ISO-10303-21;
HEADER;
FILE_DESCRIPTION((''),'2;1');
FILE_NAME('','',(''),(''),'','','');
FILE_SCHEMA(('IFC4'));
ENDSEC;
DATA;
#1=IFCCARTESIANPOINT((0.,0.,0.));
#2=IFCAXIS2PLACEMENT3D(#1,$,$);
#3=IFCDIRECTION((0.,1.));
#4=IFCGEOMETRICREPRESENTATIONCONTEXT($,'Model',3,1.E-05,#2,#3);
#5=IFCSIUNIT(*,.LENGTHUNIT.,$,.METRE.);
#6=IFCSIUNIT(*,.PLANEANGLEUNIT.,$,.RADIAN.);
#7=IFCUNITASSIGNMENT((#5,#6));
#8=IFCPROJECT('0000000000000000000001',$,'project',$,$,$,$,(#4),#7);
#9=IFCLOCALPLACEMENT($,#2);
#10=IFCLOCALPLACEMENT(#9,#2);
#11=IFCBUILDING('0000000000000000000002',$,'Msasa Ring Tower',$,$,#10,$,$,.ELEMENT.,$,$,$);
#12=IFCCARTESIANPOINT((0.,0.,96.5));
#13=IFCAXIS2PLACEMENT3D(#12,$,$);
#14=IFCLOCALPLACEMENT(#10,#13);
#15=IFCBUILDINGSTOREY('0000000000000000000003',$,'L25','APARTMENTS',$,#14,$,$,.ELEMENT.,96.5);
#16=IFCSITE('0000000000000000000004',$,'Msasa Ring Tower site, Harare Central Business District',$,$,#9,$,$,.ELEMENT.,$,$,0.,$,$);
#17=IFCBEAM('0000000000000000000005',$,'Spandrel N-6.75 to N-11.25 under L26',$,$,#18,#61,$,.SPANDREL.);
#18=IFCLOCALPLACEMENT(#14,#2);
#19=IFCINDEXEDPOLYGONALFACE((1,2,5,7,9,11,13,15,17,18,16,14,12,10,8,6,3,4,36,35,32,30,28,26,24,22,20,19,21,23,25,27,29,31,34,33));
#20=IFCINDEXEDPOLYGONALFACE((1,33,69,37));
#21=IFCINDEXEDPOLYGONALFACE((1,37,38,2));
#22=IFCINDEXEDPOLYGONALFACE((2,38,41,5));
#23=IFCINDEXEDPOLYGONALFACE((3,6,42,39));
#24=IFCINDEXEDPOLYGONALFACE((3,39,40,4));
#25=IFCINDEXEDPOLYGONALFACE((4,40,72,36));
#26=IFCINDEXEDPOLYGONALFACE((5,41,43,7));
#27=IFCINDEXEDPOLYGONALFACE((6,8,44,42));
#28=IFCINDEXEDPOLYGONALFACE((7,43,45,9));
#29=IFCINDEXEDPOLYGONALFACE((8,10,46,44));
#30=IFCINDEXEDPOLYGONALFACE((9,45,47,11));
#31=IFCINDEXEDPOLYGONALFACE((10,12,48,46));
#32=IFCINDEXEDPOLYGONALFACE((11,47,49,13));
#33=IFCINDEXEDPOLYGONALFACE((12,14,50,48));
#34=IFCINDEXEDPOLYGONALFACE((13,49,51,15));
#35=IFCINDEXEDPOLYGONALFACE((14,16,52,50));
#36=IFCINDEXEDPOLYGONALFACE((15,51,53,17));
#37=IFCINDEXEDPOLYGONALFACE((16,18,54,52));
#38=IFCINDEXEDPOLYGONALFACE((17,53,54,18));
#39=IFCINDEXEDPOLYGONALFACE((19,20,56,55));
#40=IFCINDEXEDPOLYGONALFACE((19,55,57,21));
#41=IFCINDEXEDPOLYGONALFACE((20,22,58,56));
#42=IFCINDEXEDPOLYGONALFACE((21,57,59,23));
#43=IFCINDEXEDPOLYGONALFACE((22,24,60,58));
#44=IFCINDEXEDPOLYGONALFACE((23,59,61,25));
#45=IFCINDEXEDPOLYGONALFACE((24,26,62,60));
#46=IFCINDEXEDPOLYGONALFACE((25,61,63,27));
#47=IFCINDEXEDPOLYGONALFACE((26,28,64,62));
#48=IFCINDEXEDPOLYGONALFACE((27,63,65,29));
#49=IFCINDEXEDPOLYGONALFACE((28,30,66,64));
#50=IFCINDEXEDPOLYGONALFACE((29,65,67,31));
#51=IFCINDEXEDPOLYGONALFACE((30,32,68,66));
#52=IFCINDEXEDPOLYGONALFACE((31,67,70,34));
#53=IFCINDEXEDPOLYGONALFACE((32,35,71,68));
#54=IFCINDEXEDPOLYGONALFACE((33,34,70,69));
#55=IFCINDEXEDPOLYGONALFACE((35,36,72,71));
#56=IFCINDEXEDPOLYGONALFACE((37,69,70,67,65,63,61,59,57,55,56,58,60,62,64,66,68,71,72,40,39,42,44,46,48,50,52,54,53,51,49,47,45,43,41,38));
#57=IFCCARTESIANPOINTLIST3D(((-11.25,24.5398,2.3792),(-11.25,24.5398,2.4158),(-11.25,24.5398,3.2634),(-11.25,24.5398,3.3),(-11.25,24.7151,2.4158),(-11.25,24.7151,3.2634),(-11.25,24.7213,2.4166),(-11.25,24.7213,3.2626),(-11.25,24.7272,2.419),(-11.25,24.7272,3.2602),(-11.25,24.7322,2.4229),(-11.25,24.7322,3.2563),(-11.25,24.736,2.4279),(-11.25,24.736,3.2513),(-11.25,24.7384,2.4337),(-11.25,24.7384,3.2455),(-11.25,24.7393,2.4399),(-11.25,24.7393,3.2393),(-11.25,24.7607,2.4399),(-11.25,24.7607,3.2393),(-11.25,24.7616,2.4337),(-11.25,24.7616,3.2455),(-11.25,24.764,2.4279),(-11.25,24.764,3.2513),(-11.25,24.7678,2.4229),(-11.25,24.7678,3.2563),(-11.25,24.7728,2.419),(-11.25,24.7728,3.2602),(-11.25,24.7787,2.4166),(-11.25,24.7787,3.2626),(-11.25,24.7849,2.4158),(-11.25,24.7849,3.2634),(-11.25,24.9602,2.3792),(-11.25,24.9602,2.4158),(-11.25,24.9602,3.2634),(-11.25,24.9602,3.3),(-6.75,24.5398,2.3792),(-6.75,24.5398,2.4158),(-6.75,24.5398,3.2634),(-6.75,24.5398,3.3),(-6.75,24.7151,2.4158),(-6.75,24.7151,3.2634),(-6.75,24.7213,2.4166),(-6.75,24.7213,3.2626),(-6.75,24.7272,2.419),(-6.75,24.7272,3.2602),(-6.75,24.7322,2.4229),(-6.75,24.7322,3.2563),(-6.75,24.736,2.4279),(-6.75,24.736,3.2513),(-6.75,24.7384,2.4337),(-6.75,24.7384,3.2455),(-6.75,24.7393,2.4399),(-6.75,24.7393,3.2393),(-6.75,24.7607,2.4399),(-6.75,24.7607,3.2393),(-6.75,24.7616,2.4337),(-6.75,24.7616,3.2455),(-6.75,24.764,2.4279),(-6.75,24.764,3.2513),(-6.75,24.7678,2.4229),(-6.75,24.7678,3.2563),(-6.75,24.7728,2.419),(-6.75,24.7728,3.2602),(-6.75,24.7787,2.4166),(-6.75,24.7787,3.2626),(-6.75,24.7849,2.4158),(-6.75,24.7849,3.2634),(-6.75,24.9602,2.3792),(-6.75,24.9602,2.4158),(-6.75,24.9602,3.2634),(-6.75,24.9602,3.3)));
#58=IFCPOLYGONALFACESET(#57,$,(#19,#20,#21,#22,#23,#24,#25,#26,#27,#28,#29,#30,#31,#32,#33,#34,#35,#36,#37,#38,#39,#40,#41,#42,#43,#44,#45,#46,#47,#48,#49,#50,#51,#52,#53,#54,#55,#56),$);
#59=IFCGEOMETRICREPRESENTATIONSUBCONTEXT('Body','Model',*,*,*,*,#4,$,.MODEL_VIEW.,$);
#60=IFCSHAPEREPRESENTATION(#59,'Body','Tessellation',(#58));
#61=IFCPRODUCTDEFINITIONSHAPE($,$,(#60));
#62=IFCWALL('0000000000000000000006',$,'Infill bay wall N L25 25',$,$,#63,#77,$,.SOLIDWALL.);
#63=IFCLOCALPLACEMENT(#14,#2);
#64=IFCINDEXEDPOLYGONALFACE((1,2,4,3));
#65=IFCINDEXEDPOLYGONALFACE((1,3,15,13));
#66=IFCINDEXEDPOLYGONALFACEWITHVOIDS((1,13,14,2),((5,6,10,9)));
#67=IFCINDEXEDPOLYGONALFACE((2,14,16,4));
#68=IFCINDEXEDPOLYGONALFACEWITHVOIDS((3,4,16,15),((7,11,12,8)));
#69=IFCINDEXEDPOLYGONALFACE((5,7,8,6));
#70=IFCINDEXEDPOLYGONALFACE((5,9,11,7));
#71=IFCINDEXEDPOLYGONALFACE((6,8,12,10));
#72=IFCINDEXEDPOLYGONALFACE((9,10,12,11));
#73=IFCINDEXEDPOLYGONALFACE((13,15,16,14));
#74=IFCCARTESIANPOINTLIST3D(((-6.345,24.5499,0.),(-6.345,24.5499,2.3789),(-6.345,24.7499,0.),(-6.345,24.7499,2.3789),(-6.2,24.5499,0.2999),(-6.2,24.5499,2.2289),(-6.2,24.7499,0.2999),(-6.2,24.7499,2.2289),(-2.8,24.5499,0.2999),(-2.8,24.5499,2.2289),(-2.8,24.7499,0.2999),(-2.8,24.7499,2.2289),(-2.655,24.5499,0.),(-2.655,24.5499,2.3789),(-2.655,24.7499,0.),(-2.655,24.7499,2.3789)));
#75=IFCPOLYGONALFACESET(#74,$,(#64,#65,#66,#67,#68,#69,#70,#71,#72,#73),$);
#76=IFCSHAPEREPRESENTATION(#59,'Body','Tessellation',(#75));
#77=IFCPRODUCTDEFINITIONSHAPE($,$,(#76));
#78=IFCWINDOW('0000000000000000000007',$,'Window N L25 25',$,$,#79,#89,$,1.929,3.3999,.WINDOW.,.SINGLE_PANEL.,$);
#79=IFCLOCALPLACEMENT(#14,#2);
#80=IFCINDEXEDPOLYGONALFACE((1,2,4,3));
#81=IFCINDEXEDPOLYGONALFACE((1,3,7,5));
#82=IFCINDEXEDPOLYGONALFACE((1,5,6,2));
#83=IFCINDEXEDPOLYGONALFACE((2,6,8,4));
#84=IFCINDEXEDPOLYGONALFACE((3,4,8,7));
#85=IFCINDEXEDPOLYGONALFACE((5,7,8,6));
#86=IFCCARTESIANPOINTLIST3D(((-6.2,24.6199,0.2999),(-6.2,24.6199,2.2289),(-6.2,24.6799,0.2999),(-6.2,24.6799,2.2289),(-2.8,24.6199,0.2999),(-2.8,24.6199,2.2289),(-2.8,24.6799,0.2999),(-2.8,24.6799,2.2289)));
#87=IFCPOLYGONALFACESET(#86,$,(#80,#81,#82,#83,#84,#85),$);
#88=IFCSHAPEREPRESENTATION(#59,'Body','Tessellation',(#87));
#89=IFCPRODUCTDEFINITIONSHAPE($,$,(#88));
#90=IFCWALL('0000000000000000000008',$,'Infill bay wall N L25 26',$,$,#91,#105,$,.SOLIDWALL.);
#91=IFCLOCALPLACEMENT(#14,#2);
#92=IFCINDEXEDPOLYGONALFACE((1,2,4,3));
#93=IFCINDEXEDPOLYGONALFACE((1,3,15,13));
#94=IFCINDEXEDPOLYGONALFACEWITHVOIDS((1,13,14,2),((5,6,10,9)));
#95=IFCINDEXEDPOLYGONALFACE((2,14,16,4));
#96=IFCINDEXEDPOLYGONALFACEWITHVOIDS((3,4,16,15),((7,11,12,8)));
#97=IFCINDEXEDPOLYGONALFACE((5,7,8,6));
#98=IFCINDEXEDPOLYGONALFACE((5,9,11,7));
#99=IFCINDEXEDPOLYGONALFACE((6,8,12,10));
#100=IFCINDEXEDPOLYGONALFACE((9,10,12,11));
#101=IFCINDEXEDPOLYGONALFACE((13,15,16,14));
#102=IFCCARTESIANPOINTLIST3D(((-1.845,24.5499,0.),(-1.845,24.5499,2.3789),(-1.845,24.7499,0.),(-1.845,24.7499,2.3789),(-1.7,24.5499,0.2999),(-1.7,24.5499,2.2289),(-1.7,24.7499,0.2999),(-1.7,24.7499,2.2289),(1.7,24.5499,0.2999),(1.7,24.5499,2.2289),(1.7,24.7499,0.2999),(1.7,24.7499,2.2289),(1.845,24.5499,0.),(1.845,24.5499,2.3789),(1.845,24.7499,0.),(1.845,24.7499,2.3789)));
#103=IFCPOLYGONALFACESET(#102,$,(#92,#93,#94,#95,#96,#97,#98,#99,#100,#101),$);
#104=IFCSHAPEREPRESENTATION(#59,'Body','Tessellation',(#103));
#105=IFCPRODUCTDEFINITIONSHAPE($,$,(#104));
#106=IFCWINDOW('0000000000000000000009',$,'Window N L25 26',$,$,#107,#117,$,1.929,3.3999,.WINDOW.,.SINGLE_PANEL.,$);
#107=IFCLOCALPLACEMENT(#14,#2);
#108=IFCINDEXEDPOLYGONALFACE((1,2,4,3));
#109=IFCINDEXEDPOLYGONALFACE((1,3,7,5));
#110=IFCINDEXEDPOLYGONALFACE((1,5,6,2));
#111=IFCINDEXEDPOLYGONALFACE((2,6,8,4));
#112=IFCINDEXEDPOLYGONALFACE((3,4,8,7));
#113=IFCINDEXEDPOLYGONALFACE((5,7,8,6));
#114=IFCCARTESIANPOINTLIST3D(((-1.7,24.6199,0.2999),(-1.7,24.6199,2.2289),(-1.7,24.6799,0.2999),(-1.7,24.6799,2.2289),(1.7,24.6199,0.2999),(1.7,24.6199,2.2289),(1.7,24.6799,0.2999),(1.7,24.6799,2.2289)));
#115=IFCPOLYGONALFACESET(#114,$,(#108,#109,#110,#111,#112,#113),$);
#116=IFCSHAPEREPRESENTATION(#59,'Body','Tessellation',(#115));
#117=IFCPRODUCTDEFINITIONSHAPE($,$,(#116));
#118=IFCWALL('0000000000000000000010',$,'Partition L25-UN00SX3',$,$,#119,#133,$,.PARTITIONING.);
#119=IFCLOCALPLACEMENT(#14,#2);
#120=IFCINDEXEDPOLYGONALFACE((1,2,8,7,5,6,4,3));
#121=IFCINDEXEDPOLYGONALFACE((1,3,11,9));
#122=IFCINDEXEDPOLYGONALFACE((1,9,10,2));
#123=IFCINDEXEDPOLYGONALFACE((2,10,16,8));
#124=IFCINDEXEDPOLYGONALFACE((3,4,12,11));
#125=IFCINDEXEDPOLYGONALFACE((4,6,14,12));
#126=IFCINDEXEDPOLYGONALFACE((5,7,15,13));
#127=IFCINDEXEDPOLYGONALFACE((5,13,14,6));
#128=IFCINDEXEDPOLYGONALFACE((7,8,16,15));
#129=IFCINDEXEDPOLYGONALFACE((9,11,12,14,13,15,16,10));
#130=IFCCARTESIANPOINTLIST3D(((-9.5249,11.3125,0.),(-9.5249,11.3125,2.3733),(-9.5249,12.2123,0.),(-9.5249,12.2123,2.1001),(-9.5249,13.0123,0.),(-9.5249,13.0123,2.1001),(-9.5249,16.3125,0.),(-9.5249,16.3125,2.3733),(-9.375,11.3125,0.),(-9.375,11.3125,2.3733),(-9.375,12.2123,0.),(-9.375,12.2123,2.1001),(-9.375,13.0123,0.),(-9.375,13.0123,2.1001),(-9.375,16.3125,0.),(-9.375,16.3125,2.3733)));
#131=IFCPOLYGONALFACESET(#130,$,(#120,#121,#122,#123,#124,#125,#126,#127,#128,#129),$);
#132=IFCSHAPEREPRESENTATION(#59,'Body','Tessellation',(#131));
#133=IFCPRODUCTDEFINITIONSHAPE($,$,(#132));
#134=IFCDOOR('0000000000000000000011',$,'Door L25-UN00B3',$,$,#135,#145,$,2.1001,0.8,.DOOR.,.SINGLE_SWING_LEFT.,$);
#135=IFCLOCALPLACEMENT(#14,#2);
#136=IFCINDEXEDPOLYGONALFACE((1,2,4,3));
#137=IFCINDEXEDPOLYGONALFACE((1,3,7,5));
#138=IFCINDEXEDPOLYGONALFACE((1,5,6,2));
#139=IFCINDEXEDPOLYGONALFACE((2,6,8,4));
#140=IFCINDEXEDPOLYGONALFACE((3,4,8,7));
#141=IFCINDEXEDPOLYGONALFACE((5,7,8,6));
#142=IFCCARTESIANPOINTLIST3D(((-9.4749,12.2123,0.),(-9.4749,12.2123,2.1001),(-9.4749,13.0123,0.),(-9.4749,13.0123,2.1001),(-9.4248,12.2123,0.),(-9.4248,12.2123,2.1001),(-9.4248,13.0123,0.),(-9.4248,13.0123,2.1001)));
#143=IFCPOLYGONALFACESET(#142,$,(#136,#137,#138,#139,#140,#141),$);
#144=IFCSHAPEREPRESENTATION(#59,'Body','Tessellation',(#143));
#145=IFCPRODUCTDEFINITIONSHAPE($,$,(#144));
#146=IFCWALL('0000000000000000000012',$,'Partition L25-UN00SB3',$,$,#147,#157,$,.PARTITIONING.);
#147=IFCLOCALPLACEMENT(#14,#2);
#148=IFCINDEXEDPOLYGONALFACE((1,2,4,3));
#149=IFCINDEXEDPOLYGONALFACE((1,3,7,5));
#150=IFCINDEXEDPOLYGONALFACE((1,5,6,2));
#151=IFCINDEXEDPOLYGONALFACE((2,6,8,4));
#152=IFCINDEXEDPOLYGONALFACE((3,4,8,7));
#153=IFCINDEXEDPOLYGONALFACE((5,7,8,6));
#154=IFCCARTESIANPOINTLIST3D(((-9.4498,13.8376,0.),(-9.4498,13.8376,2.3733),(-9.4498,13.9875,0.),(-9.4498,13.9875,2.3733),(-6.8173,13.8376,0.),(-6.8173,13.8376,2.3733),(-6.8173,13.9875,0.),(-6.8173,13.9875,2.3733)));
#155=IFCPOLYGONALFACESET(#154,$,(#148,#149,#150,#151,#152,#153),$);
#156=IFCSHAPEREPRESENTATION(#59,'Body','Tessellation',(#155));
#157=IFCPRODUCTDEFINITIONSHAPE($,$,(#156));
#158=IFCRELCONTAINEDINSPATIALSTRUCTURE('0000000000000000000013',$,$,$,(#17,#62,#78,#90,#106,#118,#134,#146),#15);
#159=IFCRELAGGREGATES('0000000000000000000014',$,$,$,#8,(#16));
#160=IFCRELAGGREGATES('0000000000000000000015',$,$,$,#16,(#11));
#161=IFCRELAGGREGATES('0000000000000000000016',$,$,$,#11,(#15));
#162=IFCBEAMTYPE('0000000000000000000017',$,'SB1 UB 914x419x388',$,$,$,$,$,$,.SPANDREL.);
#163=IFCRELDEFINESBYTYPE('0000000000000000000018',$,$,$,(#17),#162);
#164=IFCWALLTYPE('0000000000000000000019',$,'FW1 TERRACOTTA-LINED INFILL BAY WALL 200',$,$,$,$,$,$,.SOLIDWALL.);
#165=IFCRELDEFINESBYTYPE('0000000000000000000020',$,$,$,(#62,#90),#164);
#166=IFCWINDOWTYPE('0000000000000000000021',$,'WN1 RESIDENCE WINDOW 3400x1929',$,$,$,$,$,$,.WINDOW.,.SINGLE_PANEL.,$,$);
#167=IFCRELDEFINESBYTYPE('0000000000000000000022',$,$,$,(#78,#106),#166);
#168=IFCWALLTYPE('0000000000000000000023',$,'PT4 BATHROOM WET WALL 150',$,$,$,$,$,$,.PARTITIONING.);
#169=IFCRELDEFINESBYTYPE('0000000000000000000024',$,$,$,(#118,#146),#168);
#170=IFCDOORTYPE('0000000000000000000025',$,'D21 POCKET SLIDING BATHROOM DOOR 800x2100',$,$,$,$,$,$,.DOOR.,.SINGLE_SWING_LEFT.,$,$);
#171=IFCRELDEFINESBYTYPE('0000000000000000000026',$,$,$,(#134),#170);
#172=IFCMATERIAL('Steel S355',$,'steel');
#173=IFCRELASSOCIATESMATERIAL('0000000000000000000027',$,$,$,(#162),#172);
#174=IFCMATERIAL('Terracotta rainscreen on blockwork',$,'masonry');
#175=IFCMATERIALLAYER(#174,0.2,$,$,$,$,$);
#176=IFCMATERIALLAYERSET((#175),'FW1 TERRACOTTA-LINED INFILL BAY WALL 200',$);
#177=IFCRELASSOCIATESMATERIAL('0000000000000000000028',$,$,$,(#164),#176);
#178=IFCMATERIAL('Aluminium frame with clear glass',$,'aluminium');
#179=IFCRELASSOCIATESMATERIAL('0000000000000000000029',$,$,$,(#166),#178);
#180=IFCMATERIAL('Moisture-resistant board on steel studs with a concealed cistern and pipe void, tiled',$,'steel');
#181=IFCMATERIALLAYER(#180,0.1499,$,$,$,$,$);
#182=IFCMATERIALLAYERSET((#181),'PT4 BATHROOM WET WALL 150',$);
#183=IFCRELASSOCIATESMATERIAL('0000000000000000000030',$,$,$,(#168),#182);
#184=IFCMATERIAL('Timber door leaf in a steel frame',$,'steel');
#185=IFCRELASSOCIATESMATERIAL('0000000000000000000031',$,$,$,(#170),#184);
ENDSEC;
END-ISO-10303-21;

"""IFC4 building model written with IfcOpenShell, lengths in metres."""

from ifc_helpers import new_model, si_unit, direction, frame, frame_2d, origin, origin_2d, place, context, subcontext, project, spatial, rectangle, i_section, extrude, material, layer, layer_set, material_profile, profile_set, type_object, element, fill, save


model = new_model("IFC4")

# Units and contexts
model_context = context("Model", 3, precision=1e-05, world=origin(), true_north=direction((0.0, 1.0)))
body_context = subcontext(model_context, "Body", "Model", "MODEL_VIEW")
ifc_project = project(units=[si_unit("LENGTHUNIT", "METRE"), si_unit("PLANEANGLEUNIT", "RADIAN")], contexts=[model_context])

# Site, building, storey
site_placement = place(None, origin())
site = spatial("IfcSite", under=ifc_project, at=site_placement, Name="Msasa Ring Tower site, Harare Central Business District", CompositionType="ELEMENT", RefElevation=0.0)
building_placement = place(site_placement, origin())
building = spatial("IfcBuilding", under=site, at=building_placement, Name="Msasa Ring Tower", CompositionType="ELEMENT")
storey_placement = place(building_placement, frame((0.0, 0.0, 96.5)))
storey = spatial("IfcBuildingStorey", under=building, at=storey_placement, Name="L25", Description="APARTMENTS", CompositionType="ELEMENT", Elevation=96.5)

# Beam
ifc_material_1 = material(Name="Steel S355", Category="steel")
ifc_material_profile_1 = material_profile(ifc_material_1, i_section(OverallWidth=0.4204, OverallDepth=0.9209, WebThickness=0.0215, FlangeThickness=0.0366, FilletRadius=0.0242, at=origin_2d()), Name="UB 914x419x388")
ifc_profile_set_1 = profile_set([ifc_material_profile_1], Name="Steel S355")
beam_type_1 = type_object("IfcBeamType", Name="SB1 UB 914x419x388", PredefinedType="SPANDREL", material=ifc_profile_set_1)
for number, where, z_axis, x_axis, name in (
    (1, (-6.75, 24.75, 2.8396), (-1.0, 0.0, 0.0), (0.0, -1.0, 0.0), "Spandrel N-6.75 to N-11.25 under L26"),
):
    element("IfcBeam", number, at=place(storey_placement, frame(where, z_axis=z_axis, x_axis=x_axis)), inside=storey, type_object=beam_type_1, Name=name, PredefinedType="SPANDREL", context=body_context, shape_type="SweptSolid", body=[
        extrude(i_section(OverallWidth=0.4204, OverallDepth=0.9209, WebThickness=0.0215, FlangeThickness=0.0366, FilletRadius=0.0242, at=origin_2d()), origin(), (0.0, 0.0, 1.0), 4.5),
    ])

# Walls, openings, windows
ifc_material_2 = material(Name="Terracotta rainscreen on blockwork", Category="masonry")
ifc_layer_1 = layer(ifc_material_2, 0.2)
ifc_layer_set_1 = layer_set([ifc_layer_1], Name="FW1 TERRACOTTA-LINED INFILL BAY WALL 200")
wall_type_1 = type_object("IfcWallType", Name="FW1 TERRACOTTA-LINED INFILL BAY WALL 200", PredefinedType="SOLIDWALL", material=ifc_layer_set_1)
wall_1_placement = place(storey_placement, frame((-6.345, 24.6499, 0.0), z_axis=(0.0, 0.0, 1.0), x_axis=(1.0, 0.0, 0.0)))
wall_1 = element("IfcWall", 2, at=wall_1_placement, inside=storey, type_object=wall_type_1, Name="Infill bay wall N L25 25", PredefinedType="SOLIDWALL", context=body_context, shape_type="SweptSolid", body=[
    extrude(rectangle(XDim=3.6899, YDim=0.2, at=frame_2d((1.845, 0.0))), origin(), (0.0, 0.0, 1.0), 2.3789),
])
opening_1_placement = place(wall_1_placement, frame((0.145, 0.0, 0.3)))
opening_1 = element("IfcOpeningElement", 3, at=opening_1_placement, cuts=wall_1, PredefinedType="OPENING", context=body_context, shape_type="SweptSolid", body=[
    extrude(rectangle(XDim=3.3999, YDim=1.929, at=frame_2d((1.7, 0.9644))), frame((0.0, 0.1099, 0.0), z_axis=(0.0, -1.0, 0.0), x_axis=(1.0, 0.0, 0.0)), (0.0, 0.0, 1.0), 0.22),
])
ifc_material_3 = material(Name="Aluminium frame with clear glass", Category="aluminium")
window_type = type_object("IfcWindowType", Name="WN1 RESIDENCE WINDOW 3400x1929", PartitioningType="SINGLE_PANEL", PredefinedType="WINDOW", material=ifc_material_3)
window_1_placement = place(opening_1_placement, origin())
window_1 = element("IfcWindow", 4, at=window_1_placement, inside=storey, type_object=window_type, Name="Window N L25 25", OverallHeight=1.929, OverallWidth=3.3999, PartitioningType="SINGLE_PANEL", PredefinedType="WINDOW", context=body_context, shape_type="SweptSolid", body=[
    extrude(rectangle(XDim=3.3999, YDim=1.929, at=frame_2d((1.7, 0.9644))), frame((0.0, 0.03, 0.0), z_axis=(0.0, -1.0, 0.0), x_axis=(1.0, 0.0, 0.0)), (0.0, 0.0, 1.0), 0.0601),
])
fill(opening_1, window_1)
wall_2_placement = place(storey_placement, frame((-1.845, 24.6499, 0.0), z_axis=(0.0, 0.0, 1.0), x_axis=(1.0, 0.0, 0.0)))
wall_2 = element("IfcWall", 5, at=wall_2_placement, inside=storey, type_object=wall_type_1, Name="Infill bay wall N L25 26", PredefinedType="SOLIDWALL", context=body_context, shape_type="SweptSolid", body=[
    extrude(rectangle(XDim=3.6899, YDim=0.2, at=frame_2d((1.845, 0.0))), origin(), (0.0, 0.0, 1.0), 2.3789),
])
opening_2_placement = place(wall_2_placement, frame((0.145, 0.0, 0.3)))
opening_2 = element("IfcOpeningElement", 6, at=opening_2_placement, cuts=wall_2, PredefinedType="OPENING", context=body_context, shape_type="SweptSolid", body=[
    extrude(rectangle(XDim=3.3999, YDim=1.929, at=frame_2d((1.7, 0.9644))), frame((0.0, 0.1099, 0.0), z_axis=(0.0, -1.0, 0.0), x_axis=(1.0, 0.0, 0.0)), (0.0, 0.0, 1.0), 0.22),
])
window_2_placement = place(opening_2_placement, origin())
window_2 = element("IfcWindow", 7, at=window_2_placement, inside=storey, type_object=window_type, Name="Window N L25 26", OverallHeight=1.929, OverallWidth=3.3999, PartitioningType="SINGLE_PANEL", PredefinedType="WINDOW", context=body_context, shape_type="SweptSolid", body=[
    extrude(rectangle(XDim=3.3999, YDim=1.929, at=frame_2d((1.7, 0.9644))), frame((0.0, 0.03, 0.0), z_axis=(0.0, -1.0, 0.0), x_axis=(1.0, 0.0, 0.0)), (0.0, 0.0, 1.0), 0.0601),
])
fill(opening_2, window_2)

# Wall, opening, door
ifc_material_4 = material(Name="Moisture-resistant board on steel studs with a concealed cistern and pipe void, tiled", Category="steel")
ifc_layer_2 = layer(ifc_material_4, 0.1499)
ifc_layer_set_2 = layer_set([ifc_layer_2], Name="PT4 BATHROOM WET WALL 150")
wall_type_2 = type_object("IfcWallType", Name="PT4 BATHROOM WET WALL 150", PredefinedType="PARTITIONING", material=ifc_layer_set_2)
wall_3_placement = place(storey_placement, frame((-9.45, 11.3125, 0.0), z_axis=(0.0, 0.0, 1.0), x_axis=(0.0, 1.0, 0.0)))
wall_3 = element("IfcWall", 8, at=wall_3_placement, inside=storey, type_object=wall_type_2, Name="Partition L25-UN00SX3", PredefinedType="PARTITIONING", context=body_context, shape_type="SweptSolid", body=[
    extrude(rectangle(XDim=5.0, YDim=0.1499, at=frame_2d((2.5, 0.0))), origin(), (0.0, 0.0, 1.0), 2.3733),
])
opening_3_placement = place(wall_3_placement, frame((0.8999, 0.0, 0.0)))
opening_3 = element("IfcOpeningElement", 9, at=opening_3_placement, cuts=wall_3, PredefinedType="OPENING", context=body_context, shape_type="SweptSolid", body=[
    extrude(rectangle(XDim=0.8, YDim=2.1001, at=frame_2d((0.3999, 1.05))), frame((0.0, 0.085, 0.0), z_axis=(0.0, -1.0, 0.0), x_axis=(1.0, 0.0, 0.0)), (0.0, 0.0, 1.0), 0.1699),
])
ifc_material_5 = material(Name="Timber door leaf in a steel frame", Category="steel")
door_type_1 = type_object("IfcDoorType", Name="D21 POCKET SLIDING BATHROOM DOOR 800x2100", OperationType="SINGLE_SWING_LEFT", PredefinedType="DOOR", material=ifc_material_5)
door_1_placement = place(opening_3_placement, origin())
door_1 = element("IfcDoor", 10, at=door_1_placement, inside=storey, type_object=door_type_1, Name="Door L25-UN00B3", OperationType="SINGLE_SWING_LEFT", OverallHeight=2.1001, OverallWidth=0.8, PredefinedType="DOOR", context=body_context, shape_type="SweptSolid", body=[
    extrude(rectangle(XDim=0.8, YDim=2.1001, at=frame_2d((0.3999, 1.05))), frame((0.0, 0.0249, 0.0), z_axis=(0.0, -1.0, 0.0), x_axis=(1.0, 0.0, 0.0)), (0.0, 0.0, 1.0), 0.05),
])
fill(opening_3, door_1)

# Wall
wall_4_placement = place(storey_placement, frame((-9.45, 13.9126, 0.0), z_axis=(0.0, 0.0, 1.0), x_axis=(1.0, 0.0, 0.0)))
element("IfcWall", 11, at=wall_4_placement, inside=storey, type_object=wall_type_2, Name="Partition L25-UN00SB3", PredefinedType="PARTITIONING", context=body_context, shape_type="SweptSolid", body=[
    extrude(rectangle(XDim=2.6326, YDim=0.1499, at=frame_2d((1.3164, 0.0))), origin(), (0.0, 0.0, 1.0), 2.3733),
])

save(model, "model.ifc")
